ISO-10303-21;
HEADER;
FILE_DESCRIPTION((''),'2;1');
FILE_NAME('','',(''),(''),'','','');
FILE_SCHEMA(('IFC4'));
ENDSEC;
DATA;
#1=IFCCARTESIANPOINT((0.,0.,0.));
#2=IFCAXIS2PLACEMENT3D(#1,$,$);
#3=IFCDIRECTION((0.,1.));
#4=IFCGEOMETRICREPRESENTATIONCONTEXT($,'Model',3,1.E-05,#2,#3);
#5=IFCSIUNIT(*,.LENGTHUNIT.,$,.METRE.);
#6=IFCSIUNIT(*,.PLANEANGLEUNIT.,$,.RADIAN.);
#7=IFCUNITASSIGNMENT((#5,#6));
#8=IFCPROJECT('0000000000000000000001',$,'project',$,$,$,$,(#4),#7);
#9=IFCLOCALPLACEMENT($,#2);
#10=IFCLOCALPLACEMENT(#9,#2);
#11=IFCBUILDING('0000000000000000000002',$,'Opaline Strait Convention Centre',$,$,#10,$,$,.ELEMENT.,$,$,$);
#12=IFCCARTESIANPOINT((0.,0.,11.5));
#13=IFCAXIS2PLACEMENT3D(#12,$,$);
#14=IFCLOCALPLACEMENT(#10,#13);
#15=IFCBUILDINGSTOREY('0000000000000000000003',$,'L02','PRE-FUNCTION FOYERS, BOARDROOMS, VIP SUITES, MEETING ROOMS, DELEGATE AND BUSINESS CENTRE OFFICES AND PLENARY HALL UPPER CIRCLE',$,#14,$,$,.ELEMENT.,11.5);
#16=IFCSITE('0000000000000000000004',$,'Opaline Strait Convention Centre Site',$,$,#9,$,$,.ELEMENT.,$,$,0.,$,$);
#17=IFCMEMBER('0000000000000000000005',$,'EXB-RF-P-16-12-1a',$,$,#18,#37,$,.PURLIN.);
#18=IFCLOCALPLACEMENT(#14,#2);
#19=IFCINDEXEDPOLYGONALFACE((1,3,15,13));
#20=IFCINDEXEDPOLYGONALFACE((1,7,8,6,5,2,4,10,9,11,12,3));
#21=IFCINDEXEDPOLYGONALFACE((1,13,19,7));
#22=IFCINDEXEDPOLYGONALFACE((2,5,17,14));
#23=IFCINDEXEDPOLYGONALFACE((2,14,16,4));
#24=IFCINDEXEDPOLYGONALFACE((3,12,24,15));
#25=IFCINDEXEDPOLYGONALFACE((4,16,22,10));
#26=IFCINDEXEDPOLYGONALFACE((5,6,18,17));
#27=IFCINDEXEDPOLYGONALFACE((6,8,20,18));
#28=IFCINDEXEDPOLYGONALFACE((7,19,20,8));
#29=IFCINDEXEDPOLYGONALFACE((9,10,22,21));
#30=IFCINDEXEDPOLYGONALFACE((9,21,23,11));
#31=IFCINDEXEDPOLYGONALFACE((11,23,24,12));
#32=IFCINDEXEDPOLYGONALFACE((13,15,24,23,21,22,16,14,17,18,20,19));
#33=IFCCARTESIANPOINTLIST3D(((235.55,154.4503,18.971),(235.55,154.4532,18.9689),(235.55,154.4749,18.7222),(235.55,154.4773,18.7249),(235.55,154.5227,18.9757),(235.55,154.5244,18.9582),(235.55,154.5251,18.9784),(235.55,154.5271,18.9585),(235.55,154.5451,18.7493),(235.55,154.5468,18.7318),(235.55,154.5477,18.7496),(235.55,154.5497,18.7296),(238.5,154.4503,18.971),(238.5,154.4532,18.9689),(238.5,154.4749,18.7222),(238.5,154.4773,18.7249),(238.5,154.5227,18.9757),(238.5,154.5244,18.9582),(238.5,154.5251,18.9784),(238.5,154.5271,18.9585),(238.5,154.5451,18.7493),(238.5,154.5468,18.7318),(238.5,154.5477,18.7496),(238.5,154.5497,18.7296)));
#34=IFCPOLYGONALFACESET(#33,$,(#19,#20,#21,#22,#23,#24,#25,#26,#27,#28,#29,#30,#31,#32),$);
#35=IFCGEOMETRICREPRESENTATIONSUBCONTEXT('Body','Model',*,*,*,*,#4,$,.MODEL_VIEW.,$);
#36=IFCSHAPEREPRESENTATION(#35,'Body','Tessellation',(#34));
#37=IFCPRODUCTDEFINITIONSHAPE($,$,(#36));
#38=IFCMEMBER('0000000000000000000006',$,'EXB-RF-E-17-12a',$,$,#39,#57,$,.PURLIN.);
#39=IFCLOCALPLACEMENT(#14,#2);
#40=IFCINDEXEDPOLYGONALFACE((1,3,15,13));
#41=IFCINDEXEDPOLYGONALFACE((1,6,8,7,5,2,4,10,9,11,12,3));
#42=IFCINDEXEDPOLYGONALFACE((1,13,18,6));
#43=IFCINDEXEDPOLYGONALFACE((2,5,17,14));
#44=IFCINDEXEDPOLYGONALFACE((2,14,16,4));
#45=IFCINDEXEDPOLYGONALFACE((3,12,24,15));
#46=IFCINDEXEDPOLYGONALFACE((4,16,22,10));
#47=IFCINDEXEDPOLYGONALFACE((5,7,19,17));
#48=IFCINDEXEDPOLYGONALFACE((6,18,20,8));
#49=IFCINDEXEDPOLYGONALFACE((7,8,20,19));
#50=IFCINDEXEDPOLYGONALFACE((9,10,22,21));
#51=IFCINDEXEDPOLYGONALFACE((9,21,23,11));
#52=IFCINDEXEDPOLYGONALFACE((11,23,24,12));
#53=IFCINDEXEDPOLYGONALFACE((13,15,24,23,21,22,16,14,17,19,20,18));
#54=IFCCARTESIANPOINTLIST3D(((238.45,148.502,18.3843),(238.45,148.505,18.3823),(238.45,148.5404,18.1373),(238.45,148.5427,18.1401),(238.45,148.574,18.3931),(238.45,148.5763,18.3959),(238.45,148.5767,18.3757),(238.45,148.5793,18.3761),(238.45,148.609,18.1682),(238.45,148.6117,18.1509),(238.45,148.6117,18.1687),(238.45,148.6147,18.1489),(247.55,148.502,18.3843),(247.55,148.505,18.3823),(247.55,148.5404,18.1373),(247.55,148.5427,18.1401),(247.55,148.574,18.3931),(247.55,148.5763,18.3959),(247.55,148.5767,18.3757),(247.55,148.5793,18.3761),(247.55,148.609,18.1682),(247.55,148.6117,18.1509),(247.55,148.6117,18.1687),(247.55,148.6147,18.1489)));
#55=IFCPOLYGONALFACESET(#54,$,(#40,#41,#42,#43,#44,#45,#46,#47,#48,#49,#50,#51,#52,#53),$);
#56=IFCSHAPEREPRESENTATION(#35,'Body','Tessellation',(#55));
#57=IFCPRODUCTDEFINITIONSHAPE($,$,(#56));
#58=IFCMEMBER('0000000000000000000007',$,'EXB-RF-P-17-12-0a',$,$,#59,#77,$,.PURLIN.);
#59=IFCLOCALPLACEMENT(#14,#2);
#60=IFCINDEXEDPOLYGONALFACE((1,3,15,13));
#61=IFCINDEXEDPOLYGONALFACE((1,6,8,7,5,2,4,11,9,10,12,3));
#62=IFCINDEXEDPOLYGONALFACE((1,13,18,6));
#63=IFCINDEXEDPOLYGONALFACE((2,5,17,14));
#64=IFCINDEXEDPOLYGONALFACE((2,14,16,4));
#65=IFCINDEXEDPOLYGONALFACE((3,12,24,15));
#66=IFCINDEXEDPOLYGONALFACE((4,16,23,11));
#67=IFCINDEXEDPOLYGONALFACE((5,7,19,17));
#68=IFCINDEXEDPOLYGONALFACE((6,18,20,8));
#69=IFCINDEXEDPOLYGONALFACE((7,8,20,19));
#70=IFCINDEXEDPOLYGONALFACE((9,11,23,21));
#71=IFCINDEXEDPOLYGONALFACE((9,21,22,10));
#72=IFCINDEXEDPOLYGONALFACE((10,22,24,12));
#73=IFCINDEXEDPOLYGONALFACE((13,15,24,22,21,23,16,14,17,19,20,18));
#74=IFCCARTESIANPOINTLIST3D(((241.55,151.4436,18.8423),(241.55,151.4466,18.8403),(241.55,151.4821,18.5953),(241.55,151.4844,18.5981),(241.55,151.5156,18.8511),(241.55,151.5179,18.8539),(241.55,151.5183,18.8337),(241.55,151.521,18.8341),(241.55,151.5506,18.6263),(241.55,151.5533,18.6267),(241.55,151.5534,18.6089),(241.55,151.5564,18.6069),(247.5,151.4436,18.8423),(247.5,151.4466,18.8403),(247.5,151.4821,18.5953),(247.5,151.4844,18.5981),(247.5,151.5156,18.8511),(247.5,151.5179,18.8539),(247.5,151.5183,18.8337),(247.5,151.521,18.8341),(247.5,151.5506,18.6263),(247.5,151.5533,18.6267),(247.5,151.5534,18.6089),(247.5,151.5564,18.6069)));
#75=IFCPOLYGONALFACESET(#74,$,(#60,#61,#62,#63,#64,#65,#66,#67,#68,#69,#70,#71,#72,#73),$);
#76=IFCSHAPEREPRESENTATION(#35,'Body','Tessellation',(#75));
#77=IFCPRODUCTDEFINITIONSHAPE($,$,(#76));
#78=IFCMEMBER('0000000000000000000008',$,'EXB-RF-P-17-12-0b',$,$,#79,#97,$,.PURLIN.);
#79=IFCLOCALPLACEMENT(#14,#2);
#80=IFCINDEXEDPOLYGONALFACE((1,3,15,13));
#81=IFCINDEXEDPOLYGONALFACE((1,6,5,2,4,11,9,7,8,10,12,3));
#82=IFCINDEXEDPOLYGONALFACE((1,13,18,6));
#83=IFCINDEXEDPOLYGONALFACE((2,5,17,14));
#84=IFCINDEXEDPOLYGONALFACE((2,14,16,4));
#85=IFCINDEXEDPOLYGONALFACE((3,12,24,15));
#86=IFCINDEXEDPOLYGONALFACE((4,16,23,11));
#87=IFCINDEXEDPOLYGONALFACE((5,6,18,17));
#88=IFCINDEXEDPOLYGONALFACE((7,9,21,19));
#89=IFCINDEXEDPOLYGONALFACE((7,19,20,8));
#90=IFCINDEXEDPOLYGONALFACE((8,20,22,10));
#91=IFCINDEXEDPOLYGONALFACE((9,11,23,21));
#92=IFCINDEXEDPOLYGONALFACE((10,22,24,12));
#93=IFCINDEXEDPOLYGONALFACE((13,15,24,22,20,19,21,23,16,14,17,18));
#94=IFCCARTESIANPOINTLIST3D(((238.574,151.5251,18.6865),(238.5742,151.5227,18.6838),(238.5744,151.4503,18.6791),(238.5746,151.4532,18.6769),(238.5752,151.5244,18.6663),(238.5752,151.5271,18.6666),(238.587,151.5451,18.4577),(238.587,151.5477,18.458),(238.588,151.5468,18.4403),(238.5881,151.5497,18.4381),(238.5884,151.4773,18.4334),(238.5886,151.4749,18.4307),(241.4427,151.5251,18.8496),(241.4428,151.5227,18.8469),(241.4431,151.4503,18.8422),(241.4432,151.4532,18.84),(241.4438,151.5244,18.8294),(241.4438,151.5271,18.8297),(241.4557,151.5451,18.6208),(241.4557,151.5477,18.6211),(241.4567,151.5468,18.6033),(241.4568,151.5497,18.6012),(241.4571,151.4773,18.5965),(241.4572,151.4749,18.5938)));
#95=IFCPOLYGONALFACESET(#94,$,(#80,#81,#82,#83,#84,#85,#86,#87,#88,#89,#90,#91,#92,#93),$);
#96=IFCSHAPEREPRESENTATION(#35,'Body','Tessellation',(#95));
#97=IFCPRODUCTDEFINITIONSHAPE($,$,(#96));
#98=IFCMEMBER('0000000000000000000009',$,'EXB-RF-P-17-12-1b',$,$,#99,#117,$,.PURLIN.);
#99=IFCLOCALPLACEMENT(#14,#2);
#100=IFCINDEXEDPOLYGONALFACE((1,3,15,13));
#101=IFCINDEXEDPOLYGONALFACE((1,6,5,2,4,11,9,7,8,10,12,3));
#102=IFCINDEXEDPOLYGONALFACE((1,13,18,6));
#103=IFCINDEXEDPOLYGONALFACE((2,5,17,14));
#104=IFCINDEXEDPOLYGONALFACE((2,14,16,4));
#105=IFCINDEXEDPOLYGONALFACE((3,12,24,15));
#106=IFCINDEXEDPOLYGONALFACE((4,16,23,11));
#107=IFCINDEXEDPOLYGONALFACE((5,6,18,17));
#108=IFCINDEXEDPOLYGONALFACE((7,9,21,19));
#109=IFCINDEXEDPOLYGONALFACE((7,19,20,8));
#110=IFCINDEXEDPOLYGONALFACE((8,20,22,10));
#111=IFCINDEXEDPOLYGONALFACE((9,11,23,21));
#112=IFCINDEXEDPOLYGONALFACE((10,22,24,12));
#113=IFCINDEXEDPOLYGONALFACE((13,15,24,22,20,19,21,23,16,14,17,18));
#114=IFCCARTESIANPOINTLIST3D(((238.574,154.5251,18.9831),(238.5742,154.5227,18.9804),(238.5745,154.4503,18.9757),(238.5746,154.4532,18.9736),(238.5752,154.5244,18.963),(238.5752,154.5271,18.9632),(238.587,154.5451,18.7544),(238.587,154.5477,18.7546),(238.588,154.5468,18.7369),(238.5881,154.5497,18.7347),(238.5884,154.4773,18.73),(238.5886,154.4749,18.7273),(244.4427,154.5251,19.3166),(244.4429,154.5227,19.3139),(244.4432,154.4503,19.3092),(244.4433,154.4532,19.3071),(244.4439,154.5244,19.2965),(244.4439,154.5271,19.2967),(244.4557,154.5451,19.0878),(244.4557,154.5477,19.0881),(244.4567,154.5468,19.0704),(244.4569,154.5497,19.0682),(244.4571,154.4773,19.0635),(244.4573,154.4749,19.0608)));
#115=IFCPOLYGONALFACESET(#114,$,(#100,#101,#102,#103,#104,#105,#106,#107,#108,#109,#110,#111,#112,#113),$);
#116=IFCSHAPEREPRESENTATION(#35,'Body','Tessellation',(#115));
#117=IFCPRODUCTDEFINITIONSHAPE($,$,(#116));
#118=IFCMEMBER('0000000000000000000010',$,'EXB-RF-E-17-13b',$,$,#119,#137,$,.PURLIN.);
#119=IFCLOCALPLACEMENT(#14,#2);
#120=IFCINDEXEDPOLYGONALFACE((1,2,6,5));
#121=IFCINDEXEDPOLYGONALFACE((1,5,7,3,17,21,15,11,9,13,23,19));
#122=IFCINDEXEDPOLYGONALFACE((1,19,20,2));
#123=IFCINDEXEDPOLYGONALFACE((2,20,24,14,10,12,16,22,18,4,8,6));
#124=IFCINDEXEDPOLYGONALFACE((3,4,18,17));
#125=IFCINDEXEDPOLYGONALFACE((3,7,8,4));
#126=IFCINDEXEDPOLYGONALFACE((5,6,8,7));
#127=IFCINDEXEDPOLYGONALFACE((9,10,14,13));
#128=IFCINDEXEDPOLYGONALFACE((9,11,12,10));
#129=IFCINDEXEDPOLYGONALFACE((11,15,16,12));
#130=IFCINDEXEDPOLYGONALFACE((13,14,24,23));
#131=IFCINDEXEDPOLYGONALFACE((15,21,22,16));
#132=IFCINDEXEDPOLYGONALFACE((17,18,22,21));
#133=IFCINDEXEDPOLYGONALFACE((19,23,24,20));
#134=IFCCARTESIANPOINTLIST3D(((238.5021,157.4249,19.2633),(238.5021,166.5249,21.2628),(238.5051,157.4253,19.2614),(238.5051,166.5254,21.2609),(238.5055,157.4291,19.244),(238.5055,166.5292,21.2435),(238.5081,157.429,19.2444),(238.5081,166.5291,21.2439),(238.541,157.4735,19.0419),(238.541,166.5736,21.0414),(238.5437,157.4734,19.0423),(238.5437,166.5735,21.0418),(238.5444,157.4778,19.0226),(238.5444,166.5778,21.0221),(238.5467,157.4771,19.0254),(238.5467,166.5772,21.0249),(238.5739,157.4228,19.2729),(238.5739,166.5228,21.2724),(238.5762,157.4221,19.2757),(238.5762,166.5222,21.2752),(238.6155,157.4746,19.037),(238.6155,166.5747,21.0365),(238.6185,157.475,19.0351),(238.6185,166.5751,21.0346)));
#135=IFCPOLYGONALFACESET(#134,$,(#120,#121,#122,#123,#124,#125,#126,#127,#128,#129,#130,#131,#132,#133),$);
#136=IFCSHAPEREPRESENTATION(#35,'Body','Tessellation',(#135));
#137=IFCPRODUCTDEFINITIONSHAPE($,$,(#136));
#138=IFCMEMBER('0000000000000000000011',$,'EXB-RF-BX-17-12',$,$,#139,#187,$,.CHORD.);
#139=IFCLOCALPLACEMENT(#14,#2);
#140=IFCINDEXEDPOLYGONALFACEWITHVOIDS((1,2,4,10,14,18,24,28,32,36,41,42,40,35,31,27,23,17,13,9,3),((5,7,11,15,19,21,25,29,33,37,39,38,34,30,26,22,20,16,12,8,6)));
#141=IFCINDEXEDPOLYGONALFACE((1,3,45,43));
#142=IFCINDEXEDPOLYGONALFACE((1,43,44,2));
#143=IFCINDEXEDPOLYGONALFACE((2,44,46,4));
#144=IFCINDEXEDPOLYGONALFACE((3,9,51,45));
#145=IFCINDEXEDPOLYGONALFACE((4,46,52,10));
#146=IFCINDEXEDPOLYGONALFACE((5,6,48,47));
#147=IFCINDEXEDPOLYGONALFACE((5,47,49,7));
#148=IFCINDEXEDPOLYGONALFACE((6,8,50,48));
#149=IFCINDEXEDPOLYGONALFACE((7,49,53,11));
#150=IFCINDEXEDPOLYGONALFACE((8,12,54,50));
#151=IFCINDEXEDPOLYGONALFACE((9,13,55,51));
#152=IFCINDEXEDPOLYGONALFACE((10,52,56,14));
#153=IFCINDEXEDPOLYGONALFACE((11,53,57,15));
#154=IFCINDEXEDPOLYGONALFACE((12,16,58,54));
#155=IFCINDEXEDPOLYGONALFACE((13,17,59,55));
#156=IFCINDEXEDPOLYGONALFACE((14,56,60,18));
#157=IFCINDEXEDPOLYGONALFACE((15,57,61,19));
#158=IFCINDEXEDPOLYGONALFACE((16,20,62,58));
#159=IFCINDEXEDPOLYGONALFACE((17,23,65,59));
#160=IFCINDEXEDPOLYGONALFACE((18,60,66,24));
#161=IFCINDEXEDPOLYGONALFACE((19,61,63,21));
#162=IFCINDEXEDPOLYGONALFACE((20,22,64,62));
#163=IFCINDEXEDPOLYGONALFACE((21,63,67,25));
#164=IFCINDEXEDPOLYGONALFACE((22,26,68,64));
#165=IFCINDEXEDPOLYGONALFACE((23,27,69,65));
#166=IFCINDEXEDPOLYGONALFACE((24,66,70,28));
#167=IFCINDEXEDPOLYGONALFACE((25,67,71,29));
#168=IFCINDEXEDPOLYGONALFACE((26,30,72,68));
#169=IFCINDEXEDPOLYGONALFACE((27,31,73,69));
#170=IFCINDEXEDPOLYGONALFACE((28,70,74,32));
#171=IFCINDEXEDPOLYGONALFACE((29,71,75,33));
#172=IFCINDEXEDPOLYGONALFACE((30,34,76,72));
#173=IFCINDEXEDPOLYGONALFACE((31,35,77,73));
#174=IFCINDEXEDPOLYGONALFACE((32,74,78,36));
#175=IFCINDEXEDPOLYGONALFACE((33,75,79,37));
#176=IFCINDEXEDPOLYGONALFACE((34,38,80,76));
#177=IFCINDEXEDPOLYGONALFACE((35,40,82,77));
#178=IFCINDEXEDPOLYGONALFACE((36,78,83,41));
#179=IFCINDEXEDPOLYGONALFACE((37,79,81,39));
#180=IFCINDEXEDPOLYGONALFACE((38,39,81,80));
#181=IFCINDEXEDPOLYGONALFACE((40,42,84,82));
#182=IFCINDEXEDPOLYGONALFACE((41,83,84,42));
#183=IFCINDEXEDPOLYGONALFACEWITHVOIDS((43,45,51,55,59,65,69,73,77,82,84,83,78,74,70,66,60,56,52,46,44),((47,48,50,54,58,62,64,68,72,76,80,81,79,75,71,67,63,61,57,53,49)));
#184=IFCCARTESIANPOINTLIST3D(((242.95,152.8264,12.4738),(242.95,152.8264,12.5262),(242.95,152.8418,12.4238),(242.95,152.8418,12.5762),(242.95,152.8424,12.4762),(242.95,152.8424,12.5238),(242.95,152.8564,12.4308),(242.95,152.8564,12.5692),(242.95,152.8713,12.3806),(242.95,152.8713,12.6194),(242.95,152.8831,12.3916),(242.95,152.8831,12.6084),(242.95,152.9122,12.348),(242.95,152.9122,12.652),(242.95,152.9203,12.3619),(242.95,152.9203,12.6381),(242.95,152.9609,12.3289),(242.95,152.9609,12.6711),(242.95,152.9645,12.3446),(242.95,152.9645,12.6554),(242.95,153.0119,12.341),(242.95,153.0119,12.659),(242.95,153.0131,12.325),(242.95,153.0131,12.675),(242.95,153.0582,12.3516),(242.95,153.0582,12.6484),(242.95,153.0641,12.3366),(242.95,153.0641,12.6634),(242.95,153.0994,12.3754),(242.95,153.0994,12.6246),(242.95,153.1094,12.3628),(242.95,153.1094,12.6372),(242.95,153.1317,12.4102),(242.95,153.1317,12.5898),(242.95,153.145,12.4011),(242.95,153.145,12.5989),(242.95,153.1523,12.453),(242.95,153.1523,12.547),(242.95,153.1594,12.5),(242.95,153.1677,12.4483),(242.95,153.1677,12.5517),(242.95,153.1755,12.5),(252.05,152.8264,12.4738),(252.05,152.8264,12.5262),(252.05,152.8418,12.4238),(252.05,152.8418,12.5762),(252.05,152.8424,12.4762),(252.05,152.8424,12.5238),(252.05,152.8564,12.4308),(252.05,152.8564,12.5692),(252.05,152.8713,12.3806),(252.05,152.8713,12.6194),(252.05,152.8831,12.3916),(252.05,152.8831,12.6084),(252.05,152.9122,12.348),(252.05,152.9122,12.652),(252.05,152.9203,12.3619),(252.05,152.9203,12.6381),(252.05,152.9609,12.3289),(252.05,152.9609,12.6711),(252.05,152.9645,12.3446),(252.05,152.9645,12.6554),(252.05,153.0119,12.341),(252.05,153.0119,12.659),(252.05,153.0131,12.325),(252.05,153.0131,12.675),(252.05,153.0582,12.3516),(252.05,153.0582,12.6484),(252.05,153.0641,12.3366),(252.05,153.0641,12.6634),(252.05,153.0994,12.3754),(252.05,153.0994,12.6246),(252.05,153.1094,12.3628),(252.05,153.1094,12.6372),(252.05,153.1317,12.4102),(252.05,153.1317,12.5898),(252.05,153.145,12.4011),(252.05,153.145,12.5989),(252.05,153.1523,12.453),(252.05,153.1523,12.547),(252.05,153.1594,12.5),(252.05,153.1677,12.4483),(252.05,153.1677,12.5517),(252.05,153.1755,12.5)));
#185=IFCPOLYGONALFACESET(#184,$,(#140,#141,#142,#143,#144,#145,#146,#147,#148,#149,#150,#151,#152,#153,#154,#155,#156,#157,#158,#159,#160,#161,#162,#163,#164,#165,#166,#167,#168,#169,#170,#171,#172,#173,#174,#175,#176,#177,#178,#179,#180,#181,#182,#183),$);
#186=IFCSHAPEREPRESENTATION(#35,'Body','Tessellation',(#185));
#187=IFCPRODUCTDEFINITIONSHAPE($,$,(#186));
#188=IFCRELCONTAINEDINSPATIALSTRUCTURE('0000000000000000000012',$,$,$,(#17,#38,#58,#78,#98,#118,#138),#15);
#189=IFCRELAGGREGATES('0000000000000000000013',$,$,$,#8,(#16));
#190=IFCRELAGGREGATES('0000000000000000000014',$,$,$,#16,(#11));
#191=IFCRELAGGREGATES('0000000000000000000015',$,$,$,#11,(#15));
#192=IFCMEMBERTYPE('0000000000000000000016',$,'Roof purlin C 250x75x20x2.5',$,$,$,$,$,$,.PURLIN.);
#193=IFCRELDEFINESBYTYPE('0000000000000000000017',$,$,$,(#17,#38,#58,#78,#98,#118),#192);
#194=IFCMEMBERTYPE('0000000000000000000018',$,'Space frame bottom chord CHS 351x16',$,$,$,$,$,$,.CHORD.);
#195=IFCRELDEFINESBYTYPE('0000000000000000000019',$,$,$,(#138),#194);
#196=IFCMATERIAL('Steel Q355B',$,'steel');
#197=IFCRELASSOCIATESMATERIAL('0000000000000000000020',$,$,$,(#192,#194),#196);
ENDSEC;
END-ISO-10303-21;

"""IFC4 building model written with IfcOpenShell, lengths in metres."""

from ifc_helpers import new_model, si_unit, direction, frame, origin, origin_2d, place, context, subcontext, project, spatial, polyline, hollow_circle, outline, extrude, material, material_profile, profile_set, type_object, element, save


model = new_model("IFC4")

# Units and contexts
model_context = context("Model", 3, precision=1e-05, world=origin(), true_north=direction((0.0, 1.0)))
body_context = subcontext(model_context, "Body", "Model", "MODEL_VIEW")
ifc_project = project(units=[si_unit("LENGTHUNIT", "METRE"), si_unit("PLANEANGLEUNIT", "RADIAN")], contexts=[model_context])

# Site, building, storey
site_placement = place(None, origin())
site = spatial("IfcSite", under=ifc_project, at=site_placement, Name="Opaline Strait Convention Centre Site", CompositionType="ELEMENT", RefElevation=0.0)
building_placement = place(site_placement, origin())
building = spatial("IfcBuilding", under=site, at=building_placement, Name="Opaline Strait Convention Centre", CompositionType="ELEMENT")
storey_placement = place(building_placement, frame((0.0, 0.0, 11.5)))
storey = spatial("IfcBuildingStorey", under=building, at=storey_placement, Name="L02", Description="PRE-FUNCTION FOYERS, BOARDROOMS, VIP SUITES, MEETING ROOMS, DELEGATE AND BUSINESS CENTRE OFFICES AND PLENARY HALL UPPER CIRCLE", CompositionType="ELEMENT", Elevation=11.5)

# Members
ifc_material_1 = material(Name="Steel Q355B", Category="steel")
ifc_material_profile_1 = material_profile(ifc_material_1, outline(polyline([(-0.0376, -0.125), (0.0376, -0.125), (0.0376, -0.105), (0.0349, -0.105), (0.0349, -0.1226), (-0.0349, -0.1226), (-0.0349, 0.1226), (0.0349, 0.1226), (0.0349, 0.105), (0.0376, 0.105), (0.0376, 0.125), (-0.0376, 0.125), (-0.0376, -0.125)])), Name="C 250x75x20x2.5")
ifc_profile_set_1 = profile_set([ifc_material_profile_1], Name="Steel Q355B")
member_type_1 = type_object("IfcMemberType", Name="Roof purlin C 250x75x20x2.5", PredefinedType="PURLIN", material=ifc_profile_set_1)
member_1_placement = place(storey_placement, frame((235.55, 154.5, 18.8503), z_axis=(1.0, 0.0, 0.0), x_axis=(0.0, 0.995149, 0.098378)))
element("IfcMember", 1, at=member_1_placement, inside=storey, type_object=member_type_1, Name="EXB-RF-P-16-12-1a", PredefinedType="PURLIN", context=body_context, shape_type="SweptSolid", body=[
    extrude(outline(polyline([(-0.0376, -0.125), (0.0376, -0.125), (0.0376, -0.105), (0.0349, -0.105), (0.0349, -0.1226), (-0.0349, -0.1226), (-0.0349, 0.1226), (0.0349, 0.1226), (0.0349, 0.105), (0.0376, 0.105), (0.0376, 0.125), (-0.0376, 0.125), (-0.0376, -0.125)])), origin(), (0.0, 0.0, 1.0), 2.95),
])
member_2_placement = place(storey_placement, frame((238.45, 148.5583, 18.2666), z_axis=(1.0, 0.0, 0.0), x_axis=(0.0, 0.988092, 0.153864)))
element("IfcMember", 2, at=member_2_placement, inside=storey, type_object=member_type_1, Name="EXB-RF-E-17-12a", PredefinedType="PURLIN", context=body_context, shape_type="SweptSolid", body=[
    extrude(outline(polyline([(-0.0376, -0.125), (0.0376, -0.125), (0.0376, -0.105), (0.0349, -0.105), (0.0349, -0.1226), (-0.0349, -0.1226), (-0.0349, 0.1226), (0.0349, 0.1226), (0.0349, 0.105), (0.0376, 0.105), (0.0376, 0.125), (-0.0376, 0.125), (-0.0376, -0.125)])), origin(), (0.0, 0.0, 1.0), 9.1001),
])
member_3_placement = place(storey_placement, frame((241.55, 151.5, 18.7246), z_axis=(1.0, 0.0, 0.0), x_axis=(0.0, 0.988092, 0.153864)))
element("IfcMember", 3, at=member_3_placement, inside=storey, type_object=member_type_1, Name="EXB-RF-P-17-12-0a", PredefinedType="PURLIN", context=body_context, shape_type="SweptSolid", body=[
    extrude(outline(polyline([(-0.0376, -0.125), (0.0376, -0.125), (0.0376, -0.105), (0.0349, -0.105), (0.0349, -0.1226), (-0.0349, -0.1226), (-0.0349, 0.1226), (0.0349, 0.1226), (0.0349, 0.105), (0.0376, 0.105), (0.0376, 0.125), (-0.0376, 0.125), (-0.0376, -0.125)])), origin(), (0.0, 0.0, 1.0), 5.95),
])
member_4_placement = place(storey_placement, frame((238.5813, 151.5, 18.5586), z_axis=(0.998388, 0.0, 0.056759), x_axis=(-0.005584, 0.995149, 0.09822)))
element("IfcMember", 4, at=member_4_placement, inside=storey, type_object=member_type_1, Name="EXB-RF-P-17-12-0b", PredefinedType="PURLIN", context=body_context, shape_type="SweptSolid", body=[
    extrude(outline(polyline([(-0.0376, -0.125), (0.0376, -0.125), (0.0376, -0.105), (0.0349, -0.105), (0.0349, -0.1226), (-0.0349, -0.1226), (-0.0349, 0.1226), (0.0349, 0.1226), (0.0349, 0.105), (0.0376, 0.105), (0.0376, 0.125), (-0.0376, 0.125), (-0.0376, -0.125)])), origin(), (0.0, 0.0, 1.0), 2.8733),
])
member_5_placement = place(storey_placement, frame((238.5813, 154.5, 18.8552), z_axis=(0.998389, 0.0, 0.056735), x_axis=(-0.005582, 0.995149, 0.09822)))
element("IfcMember", 5, at=member_5_placement, inside=storey, type_object=member_type_1, Name="EXB-RF-P-17-12-1b", PredefinedType="PURLIN", context=body_context, shape_type="SweptSolid", body=[
    extrude(outline(polyline([(-0.0376, -0.125), (0.0376, -0.125), (0.0376, -0.105), (0.0349, -0.105), (0.0349, -0.1226), (-0.0349, -0.1226), (-0.0349, 0.1226), (0.0349, 0.1226), (0.0349, 0.105), (0.0376, 0.105), (0.0376, 0.125), (-0.0376, 0.125), (-0.0376, -0.125)])), origin(), (0.0, 0.0, 1.0), 5.8782),
])
member_6_placement = place(storey_placement, frame((238.5603, 157.45, 19.1492), z_axis=(0.0, 0.976701, 0.214605), x_axis=(-0.98553, 0.036376, -0.165553)))
element("IfcMember", 6, at=member_6_placement, inside=storey, type_object=member_type_1, Name="EXB-RF-E-17-13b", PredefinedType="PURLIN", context=body_context, shape_type="SweptSolid", body=[
    extrude(outline(polyline([(-0.0376, -0.125), (0.0376, -0.125), (0.0376, -0.105), (0.0349, -0.105), (0.0349, -0.1226), (-0.0349, -0.1226), (-0.0349, 0.1226), (0.0349, 0.1226), (0.0349, 0.105), (0.0376, 0.105), (0.0376, 0.125), (-0.0376, 0.125), (-0.0376, -0.125)])), origin(), (0.0, 0.0, 1.0), 9.3171),
])
ifc_material_profile_2 = material_profile(ifc_material_1, hollow_circle(Radius=0.1755, WallThickness=0.0161, at=origin_2d()), Name="CHS 351x16")
ifc_profile_set_2 = profile_set([ifc_material_profile_2], Name="Steel Q355B")
member_type_2 = type_object("IfcMemberType", Name="Space frame bottom chord CHS 351x16", PredefinedType="CHORD", material=ifc_profile_set_2)
member_7_placement = place(storey_placement, frame((242.95, 153.0, 12.5), z_axis=(1.0, 0.0, 0.0), x_axis=(0.0, 1.0, 0.0)))
element("IfcMember", 7, at=member_7_placement, inside=storey, type_object=member_type_2, Name="EXB-RF-BX-17-12", PredefinedType="CHORD", context=body_context, shape_type="SweptSolid", body=[
    extrude(hollow_circle(Radius=0.1755, WallThickness=0.0161, at=origin_2d()), origin(), (0.0, 0.0, 1.0), 9.1001),
])

save(model, "model.ifc")
